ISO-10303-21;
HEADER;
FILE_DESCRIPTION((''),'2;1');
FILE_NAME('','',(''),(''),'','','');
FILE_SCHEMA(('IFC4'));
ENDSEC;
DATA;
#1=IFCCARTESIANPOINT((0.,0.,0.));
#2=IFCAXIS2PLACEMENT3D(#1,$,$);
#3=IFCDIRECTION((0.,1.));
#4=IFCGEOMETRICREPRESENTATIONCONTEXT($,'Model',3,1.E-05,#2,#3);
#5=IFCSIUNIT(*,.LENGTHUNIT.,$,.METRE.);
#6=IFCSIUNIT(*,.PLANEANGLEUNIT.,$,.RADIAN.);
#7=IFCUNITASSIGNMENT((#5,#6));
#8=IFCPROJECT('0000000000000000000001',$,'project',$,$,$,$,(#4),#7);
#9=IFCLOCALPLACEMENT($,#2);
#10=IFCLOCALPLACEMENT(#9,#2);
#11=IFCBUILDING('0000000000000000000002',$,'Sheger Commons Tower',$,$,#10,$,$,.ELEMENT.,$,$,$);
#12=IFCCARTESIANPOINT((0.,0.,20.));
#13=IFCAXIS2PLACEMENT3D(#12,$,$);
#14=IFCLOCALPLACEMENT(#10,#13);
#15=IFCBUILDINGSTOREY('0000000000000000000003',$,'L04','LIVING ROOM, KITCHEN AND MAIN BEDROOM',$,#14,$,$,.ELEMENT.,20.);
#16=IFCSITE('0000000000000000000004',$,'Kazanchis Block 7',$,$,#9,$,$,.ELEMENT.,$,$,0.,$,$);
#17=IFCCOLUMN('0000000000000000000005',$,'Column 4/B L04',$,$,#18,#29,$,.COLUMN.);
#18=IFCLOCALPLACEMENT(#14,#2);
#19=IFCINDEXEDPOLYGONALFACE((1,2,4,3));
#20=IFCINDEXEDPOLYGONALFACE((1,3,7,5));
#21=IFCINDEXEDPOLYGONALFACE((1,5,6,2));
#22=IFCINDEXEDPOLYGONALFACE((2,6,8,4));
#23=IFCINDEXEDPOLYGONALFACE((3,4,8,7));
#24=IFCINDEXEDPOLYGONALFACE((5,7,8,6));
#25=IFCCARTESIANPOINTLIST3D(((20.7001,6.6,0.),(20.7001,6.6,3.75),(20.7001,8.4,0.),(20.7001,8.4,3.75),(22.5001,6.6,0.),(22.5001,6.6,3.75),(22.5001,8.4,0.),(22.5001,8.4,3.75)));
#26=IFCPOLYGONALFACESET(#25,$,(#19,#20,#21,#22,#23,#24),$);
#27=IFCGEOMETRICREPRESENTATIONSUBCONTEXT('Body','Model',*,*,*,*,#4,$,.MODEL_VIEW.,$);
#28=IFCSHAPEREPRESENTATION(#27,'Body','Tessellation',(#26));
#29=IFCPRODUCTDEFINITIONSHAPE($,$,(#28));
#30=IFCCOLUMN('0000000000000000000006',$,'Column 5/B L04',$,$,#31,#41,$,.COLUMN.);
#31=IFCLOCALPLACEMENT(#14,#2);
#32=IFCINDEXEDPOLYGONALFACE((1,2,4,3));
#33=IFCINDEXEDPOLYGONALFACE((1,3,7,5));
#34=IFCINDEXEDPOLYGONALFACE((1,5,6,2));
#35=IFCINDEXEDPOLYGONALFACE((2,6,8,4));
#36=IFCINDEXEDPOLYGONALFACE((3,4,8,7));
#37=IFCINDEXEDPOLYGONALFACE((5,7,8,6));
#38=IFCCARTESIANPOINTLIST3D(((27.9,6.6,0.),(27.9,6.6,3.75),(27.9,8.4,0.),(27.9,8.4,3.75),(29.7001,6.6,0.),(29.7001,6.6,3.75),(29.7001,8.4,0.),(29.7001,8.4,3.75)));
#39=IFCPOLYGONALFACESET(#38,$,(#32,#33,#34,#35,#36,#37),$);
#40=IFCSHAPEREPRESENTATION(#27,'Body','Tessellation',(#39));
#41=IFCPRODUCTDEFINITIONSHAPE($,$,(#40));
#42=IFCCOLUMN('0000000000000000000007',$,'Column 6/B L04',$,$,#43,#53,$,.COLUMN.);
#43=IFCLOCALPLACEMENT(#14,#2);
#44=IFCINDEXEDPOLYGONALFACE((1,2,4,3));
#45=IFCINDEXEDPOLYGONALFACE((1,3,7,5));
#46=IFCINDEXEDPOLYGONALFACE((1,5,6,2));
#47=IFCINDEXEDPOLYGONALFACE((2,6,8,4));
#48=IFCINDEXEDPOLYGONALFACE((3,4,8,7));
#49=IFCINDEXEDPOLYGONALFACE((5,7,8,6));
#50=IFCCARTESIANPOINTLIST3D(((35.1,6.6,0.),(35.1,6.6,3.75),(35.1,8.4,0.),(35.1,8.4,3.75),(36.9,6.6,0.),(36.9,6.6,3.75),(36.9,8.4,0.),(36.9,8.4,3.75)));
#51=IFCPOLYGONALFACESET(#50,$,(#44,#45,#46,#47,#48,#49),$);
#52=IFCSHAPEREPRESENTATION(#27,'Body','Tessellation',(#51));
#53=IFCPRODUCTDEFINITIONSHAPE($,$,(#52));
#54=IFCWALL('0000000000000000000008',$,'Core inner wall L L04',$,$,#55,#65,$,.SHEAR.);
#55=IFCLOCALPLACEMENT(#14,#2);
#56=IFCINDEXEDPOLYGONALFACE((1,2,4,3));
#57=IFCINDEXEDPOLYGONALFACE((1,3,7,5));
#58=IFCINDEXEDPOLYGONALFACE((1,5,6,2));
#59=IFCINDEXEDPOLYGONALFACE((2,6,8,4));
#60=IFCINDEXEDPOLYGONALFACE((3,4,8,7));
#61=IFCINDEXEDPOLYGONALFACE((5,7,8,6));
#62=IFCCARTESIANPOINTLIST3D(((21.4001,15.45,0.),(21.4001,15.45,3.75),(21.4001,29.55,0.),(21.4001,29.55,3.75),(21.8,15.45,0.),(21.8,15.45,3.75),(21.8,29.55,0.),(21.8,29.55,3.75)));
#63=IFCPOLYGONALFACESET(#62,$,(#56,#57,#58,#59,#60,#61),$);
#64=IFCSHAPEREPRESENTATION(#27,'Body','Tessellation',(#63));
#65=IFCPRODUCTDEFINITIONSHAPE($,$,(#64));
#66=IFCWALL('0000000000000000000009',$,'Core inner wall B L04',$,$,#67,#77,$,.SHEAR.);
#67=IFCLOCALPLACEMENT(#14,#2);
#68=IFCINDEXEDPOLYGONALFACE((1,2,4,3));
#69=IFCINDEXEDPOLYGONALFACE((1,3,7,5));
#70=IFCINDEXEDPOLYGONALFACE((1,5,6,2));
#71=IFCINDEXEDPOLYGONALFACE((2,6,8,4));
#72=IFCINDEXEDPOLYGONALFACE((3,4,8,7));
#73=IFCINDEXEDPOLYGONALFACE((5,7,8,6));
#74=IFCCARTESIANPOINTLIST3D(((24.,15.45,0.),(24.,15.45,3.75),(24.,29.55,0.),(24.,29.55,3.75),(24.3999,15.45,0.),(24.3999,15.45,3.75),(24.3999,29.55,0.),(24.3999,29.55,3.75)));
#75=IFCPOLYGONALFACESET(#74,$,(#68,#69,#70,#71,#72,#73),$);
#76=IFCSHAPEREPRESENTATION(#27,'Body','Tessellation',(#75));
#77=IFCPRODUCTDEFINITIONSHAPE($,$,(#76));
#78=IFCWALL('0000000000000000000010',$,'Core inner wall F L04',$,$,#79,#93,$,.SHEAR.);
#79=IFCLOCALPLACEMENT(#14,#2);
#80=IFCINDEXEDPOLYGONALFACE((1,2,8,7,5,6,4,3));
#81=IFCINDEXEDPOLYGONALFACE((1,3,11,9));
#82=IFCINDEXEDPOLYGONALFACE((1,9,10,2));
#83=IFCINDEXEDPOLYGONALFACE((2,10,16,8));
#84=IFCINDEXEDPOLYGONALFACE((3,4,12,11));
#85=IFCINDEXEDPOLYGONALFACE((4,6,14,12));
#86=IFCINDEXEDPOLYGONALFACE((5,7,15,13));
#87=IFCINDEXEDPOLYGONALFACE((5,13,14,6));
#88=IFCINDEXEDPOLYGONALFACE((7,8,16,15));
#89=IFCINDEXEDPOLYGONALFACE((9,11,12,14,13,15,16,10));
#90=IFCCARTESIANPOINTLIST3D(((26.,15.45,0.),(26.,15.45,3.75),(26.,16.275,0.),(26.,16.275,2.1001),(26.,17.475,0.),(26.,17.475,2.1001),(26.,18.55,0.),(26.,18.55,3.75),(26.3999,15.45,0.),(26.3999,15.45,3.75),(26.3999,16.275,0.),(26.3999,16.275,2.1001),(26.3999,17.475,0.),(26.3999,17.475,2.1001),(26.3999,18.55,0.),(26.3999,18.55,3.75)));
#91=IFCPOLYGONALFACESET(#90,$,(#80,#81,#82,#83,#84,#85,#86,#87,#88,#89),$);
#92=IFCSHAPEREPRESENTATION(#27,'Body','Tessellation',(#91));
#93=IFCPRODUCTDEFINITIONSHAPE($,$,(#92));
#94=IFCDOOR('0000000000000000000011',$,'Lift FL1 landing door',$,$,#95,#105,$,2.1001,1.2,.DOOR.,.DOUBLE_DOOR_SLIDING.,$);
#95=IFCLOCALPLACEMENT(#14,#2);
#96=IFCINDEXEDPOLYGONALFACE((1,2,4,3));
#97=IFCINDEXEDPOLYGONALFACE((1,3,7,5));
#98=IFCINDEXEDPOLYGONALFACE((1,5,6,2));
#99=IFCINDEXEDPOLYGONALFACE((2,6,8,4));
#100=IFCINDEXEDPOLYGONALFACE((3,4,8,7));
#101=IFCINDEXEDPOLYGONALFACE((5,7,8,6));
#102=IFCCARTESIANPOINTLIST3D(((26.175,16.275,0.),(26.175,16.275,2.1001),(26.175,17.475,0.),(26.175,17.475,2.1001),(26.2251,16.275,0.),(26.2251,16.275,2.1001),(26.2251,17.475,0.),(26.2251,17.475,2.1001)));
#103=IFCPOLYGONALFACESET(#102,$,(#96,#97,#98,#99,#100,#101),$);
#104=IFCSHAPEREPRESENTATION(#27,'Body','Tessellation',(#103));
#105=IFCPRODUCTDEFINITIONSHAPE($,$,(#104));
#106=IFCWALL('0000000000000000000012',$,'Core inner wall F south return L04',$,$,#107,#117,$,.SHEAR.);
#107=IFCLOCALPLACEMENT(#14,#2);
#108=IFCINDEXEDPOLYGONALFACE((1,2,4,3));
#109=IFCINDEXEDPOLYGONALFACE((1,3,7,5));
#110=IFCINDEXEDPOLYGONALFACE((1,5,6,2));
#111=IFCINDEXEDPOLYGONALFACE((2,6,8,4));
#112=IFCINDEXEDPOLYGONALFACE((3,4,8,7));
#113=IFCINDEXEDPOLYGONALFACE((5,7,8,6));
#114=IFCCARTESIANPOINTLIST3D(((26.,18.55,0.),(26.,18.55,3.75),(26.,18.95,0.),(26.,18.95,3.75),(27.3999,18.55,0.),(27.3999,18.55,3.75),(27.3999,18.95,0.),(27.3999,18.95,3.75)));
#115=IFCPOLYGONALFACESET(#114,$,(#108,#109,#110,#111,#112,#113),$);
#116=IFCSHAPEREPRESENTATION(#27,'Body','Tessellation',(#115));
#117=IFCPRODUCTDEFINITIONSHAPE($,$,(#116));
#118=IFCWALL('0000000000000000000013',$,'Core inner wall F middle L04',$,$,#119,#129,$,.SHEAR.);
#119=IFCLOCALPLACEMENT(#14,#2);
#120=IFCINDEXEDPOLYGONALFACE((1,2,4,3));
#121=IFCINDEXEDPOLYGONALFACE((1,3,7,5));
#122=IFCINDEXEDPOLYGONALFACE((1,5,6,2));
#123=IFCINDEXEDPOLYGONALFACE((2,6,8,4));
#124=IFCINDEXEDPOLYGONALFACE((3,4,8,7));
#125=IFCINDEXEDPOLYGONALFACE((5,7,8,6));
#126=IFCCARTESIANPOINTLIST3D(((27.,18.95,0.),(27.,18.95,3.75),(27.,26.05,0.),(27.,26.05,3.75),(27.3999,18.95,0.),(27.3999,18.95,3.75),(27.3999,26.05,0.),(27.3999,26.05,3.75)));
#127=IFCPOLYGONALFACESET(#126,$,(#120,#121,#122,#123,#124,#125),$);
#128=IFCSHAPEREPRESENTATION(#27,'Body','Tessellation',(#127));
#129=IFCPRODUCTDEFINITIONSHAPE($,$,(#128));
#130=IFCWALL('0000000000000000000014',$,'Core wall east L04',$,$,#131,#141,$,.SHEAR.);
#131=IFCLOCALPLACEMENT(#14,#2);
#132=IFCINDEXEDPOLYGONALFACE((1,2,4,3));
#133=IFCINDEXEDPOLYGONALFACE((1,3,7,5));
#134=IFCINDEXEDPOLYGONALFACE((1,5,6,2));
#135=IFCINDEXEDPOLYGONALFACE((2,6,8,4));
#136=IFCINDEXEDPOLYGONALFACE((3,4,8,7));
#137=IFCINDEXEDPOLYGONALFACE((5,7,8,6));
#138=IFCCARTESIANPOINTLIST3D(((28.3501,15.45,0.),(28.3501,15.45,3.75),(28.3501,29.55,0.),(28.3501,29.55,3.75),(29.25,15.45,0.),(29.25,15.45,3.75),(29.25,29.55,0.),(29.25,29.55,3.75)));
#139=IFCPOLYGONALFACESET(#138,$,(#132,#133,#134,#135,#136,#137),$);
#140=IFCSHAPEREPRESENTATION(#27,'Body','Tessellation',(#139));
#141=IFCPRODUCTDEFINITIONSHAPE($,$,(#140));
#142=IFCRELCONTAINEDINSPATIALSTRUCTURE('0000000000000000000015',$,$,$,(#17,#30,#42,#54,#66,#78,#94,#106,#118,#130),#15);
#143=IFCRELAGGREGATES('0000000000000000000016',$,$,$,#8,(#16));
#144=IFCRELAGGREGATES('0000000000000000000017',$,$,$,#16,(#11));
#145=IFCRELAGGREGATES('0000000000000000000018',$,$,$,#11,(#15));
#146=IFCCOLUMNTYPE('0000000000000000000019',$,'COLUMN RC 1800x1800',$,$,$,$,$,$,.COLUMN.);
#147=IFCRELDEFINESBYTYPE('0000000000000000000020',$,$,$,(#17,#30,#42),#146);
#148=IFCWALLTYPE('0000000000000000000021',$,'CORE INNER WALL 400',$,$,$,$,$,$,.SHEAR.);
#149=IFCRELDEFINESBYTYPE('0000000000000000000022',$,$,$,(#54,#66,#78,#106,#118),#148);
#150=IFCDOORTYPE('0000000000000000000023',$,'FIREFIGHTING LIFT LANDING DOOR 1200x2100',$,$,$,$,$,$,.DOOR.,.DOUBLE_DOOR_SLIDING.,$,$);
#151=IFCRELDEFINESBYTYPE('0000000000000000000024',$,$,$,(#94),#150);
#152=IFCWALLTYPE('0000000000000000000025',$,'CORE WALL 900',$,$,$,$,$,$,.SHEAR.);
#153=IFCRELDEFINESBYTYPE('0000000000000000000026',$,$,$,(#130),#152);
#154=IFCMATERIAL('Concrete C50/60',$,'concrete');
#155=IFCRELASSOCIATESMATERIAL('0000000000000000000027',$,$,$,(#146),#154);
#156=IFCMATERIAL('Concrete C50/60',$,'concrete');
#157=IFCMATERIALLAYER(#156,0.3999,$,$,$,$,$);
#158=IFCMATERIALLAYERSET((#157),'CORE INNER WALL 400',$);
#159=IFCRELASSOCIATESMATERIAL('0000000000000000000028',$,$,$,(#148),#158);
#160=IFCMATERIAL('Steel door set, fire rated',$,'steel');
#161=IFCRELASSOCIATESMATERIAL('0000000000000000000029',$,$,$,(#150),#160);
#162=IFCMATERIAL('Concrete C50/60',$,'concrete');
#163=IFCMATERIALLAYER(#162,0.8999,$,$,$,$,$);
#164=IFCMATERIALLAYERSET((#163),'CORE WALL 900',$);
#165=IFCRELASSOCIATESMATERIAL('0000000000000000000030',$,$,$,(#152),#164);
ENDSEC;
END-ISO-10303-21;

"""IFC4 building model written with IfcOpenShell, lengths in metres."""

from ifc_helpers import new_model, si_unit, direction, frame, frame_2d, origin, origin_2d, place, context, subcontext, project, spatial, rectangle, extrude, material, layer, layer_set, material_profile, profile_set, type_object, element, fill, save


model = new_model("IFC4")

# Units and contexts
model_context = context("Model", 3, precision=1e-05, world=origin(), true_north=direction((0.0, 1.0)))
body_context = subcontext(model_context, "Body", "Model", "MODEL_VIEW")
ifc_project = project(units=[si_unit("LENGTHUNIT", "METRE"), si_unit("PLANEANGLEUNIT", "RADIAN")], contexts=[model_context])

# Site, building, storey
site_placement = place(None, origin())
site = spatial("IfcSite", under=ifc_project, at=site_placement, Name="Kazanchis Block 7", CompositionType="ELEMENT", RefElevation=0.0)
building_placement = place(site_placement, origin())
building = spatial("IfcBuilding", under=site, at=building_placement, Name="Sheger Commons Tower", CompositionType="ELEMENT")
storey_placement = place(building_placement, frame((0.0, 0.0, 20.0)))
storey = spatial("IfcBuildingStorey", under=building, at=storey_placement, Name="L04", Description="LIVING ROOM, KITCHEN AND MAIN BEDROOM", CompositionType="ELEMENT", Elevation=20.0)

# Columns
ifc_material_1 = material(Name="Concrete C50/60", Category="concrete")
ifc_material_profile = material_profile(ifc_material_1, rectangle(XDim=1.8, YDim=1.8, at=origin_2d()), Name="RC 1800x1800")
ifc_profile_set = profile_set([ifc_material_profile], Name="Concrete C50/60")
column_type = type_object("IfcColumnType", Name="COLUMN RC 1800x1800", PredefinedType="COLUMN", material=ifc_profile_set)
for number, where, z_axis, x_axis, name in (
    (1, (21.6001, 7.5, 0.0), (0.0, 0.0, 1.0), (1.0, 0.0, 0.0), "Column 4/B L04"),
    (2, (28.8, 7.5, 0.0), (0.0, 0.0, 1.0), (1.0, 0.0, 0.0), "Column 5/B L04"),
    (3, (36.0, 7.5, 0.0), (0.0, 0.0, 1.0), (1.0, 0.0, 0.0), "Column 6/B L04"),
):
    element("IfcColumn", number, at=place(storey_placement, frame(where, z_axis=z_axis, x_axis=x_axis)), inside=storey, type_object=column_type, Name=name, PredefinedType="COLUMN", context=body_context, shape_type="SweptSolid", body=[
        extrude(rectangle(XDim=1.8, YDim=1.8, at=origin_2d()), origin(), (0.0, 0.0, 1.0), 3.75),
    ])

# Walls
ifc_material_2 = material(Name="Concrete C50/60", Category="concrete")
ifc_layer_1 = layer(ifc_material_2, 0.3999)
ifc_layer_set_1 = layer_set([ifc_layer_1], Name="CORE INNER WALL 400")
wall_type_1 = type_object("IfcWallType", Name="CORE INNER WALL 400", PredefinedType="SHEAR", material=ifc_layer_set_1)
for number, where, z_axis, x_axis, name in (
    (4, (21.6001, 15.45, 0.0), (0.0, 0.0, 1.0), (0.0, 1.0, 0.0), "Core inner wall L L04"),
    (5, (24.2, 15.45, 0.0), (0.0, 0.0, 1.0), (0.0, 1.0, 0.0), "Core inner wall B L04"),
):
    element("IfcWall", number, at=place(storey_placement, frame(where, z_axis=z_axis, x_axis=x_axis)), inside=storey, type_object=wall_type_1, Name=name, PredefinedType="SHEAR", context=body_context, shape_type="SweptSolid", body=[
        extrude(rectangle(XDim=14.1001, YDim=0.3999, at=frame_2d((7.05, 0.0))), origin(), (0.0, 0.0, 1.0), 3.75),
    ])

# Wall, opening, door
wall_1_placement = place(storey_placement, frame((26.2, 15.45, 0.0), z_axis=(0.0, 0.0, 1.0), x_axis=(0.0, 1.0, 0.0)))
wall_1 = element("IfcWall", 6, at=wall_1_placement, inside=storey, type_object=wall_type_1, Name="Core inner wall F L04", PredefinedType="SHEAR", context=body_context, shape_type="SweptSolid", body=[
    extrude(rectangle(XDim=3.1001, YDim=0.3999, at=frame_2d((1.55, 0.0))), origin(), (0.0, 0.0, 1.0), 3.75),
])
opening_1_placement = place(wall_1_placement, frame((0.825, 0.0, 0.0)))
opening_1 = element("IfcOpeningElement", 7, at=opening_1_placement, cuts=wall_1, PredefinedType="OPENING", context=body_context, shape_type="SweptSolid", body=[
    extrude(rectangle(XDim=1.2, YDim=2.1001, at=frame_2d((0.6001, 1.05))), frame((0.0, 0.21, 0.0), z_axis=(0.0, -1.0, 0.0), x_axis=(1.0, 0.0, 0.0)), (0.0, 0.0, 1.0), 0.4199),
])
ifc_material_3 = material(Name="Steel door set, fire rated", Category="steel")
door_type_1 = type_object("IfcDoorType", Name="FIREFIGHTING LIFT LANDING DOOR 1200x2100", OperationType="DOUBLE_DOOR_SLIDING", PredefinedType="DOOR", material=ifc_material_3)
door_1_placement = place(opening_1_placement, origin())
door_1 = element("IfcDoor", 8, at=door_1_placement, inside=storey, type_object=door_type_1, Name="Lift FL1 landing door", OperationType="DOUBLE_DOOR_SLIDING", OverallHeight=2.1001, OverallWidth=1.2, PredefinedType="DOOR", context=body_context, shape_type="SweptSolid", body=[
    extrude(rectangle(XDim=1.2, YDim=2.1001, at=frame_2d((0.6001, 1.05))), frame((0.0, 0.0249, 0.0), z_axis=(0.0, -1.0, 0.0), x_axis=(1.0, 0.0, 0.0)), (0.0, 0.0, 1.0), 0.05),
])
fill(opening_1, door_1)

# Walls
wall_2_placement = place(storey_placement, frame((26.0, 18.75, 0.0), z_axis=(0.0, 0.0, 1.0), x_axis=(1.0, 0.0, 0.0)))
element("IfcWall", 9, at=wall_2_placement, inside=storey, type_object=wall_type_1, Name="Core inner wall F south return L04", PredefinedType="SHEAR", context=body_context, shape_type="SweptSolid", body=[
    extrude(rectangle(XDim=1.3999, YDim=0.3999, at=frame_2d((0.7, 0.0))), origin(), (0.0, 0.0, 1.0), 3.75),
])
wall_3_placement = place(storey_placement, frame((27.2, 18.95, 0.0), z_axis=(0.0, 0.0, 1.0), x_axis=(0.0, 1.0, 0.0)))
element("IfcWall", 10, at=wall_3_placement, inside=storey, type_object=wall_type_1, Name="Core inner wall F middle L04", PredefinedType="SHEAR", context=body_context, shape_type="SweptSolid", body=[
    extrude(rectangle(XDim=7.1001, YDim=0.3999, at=frame_2d((3.55, 0.0))), origin(), (0.0, 0.0, 1.0), 3.75),
])
ifc_material_4 = material(Name="Concrete C50/60", Category="concrete")
ifc_layer_2 = layer(ifc_material_4, 0.8999)
ifc_layer_set_2 = layer_set([ifc_layer_2], Name="CORE WALL 900")
wall_type_2 = type_object("IfcWallType", Name="CORE WALL 900", PredefinedType="SHEAR", material=ifc_layer_set_2)
wall_4_placement = place(storey_placement, frame((28.8, 15.45, 0.0), z_axis=(0.0, 0.0, 1.0), x_axis=(0.0, 1.0, 0.0)))
element("IfcWall", 11, at=wall_4_placement, inside=storey, type_object=wall_type_2, Name="Core wall east L04", PredefinedType="SHEAR", context=body_context, shape_type="SweptSolid", body=[
    extrude(rectangle(XDim=14.1001, YDim=0.8999, at=frame_2d((7.05, 0.0))), origin(), (0.0, 0.0, 1.0), 3.75),
])

save(model, "model.ifc")
